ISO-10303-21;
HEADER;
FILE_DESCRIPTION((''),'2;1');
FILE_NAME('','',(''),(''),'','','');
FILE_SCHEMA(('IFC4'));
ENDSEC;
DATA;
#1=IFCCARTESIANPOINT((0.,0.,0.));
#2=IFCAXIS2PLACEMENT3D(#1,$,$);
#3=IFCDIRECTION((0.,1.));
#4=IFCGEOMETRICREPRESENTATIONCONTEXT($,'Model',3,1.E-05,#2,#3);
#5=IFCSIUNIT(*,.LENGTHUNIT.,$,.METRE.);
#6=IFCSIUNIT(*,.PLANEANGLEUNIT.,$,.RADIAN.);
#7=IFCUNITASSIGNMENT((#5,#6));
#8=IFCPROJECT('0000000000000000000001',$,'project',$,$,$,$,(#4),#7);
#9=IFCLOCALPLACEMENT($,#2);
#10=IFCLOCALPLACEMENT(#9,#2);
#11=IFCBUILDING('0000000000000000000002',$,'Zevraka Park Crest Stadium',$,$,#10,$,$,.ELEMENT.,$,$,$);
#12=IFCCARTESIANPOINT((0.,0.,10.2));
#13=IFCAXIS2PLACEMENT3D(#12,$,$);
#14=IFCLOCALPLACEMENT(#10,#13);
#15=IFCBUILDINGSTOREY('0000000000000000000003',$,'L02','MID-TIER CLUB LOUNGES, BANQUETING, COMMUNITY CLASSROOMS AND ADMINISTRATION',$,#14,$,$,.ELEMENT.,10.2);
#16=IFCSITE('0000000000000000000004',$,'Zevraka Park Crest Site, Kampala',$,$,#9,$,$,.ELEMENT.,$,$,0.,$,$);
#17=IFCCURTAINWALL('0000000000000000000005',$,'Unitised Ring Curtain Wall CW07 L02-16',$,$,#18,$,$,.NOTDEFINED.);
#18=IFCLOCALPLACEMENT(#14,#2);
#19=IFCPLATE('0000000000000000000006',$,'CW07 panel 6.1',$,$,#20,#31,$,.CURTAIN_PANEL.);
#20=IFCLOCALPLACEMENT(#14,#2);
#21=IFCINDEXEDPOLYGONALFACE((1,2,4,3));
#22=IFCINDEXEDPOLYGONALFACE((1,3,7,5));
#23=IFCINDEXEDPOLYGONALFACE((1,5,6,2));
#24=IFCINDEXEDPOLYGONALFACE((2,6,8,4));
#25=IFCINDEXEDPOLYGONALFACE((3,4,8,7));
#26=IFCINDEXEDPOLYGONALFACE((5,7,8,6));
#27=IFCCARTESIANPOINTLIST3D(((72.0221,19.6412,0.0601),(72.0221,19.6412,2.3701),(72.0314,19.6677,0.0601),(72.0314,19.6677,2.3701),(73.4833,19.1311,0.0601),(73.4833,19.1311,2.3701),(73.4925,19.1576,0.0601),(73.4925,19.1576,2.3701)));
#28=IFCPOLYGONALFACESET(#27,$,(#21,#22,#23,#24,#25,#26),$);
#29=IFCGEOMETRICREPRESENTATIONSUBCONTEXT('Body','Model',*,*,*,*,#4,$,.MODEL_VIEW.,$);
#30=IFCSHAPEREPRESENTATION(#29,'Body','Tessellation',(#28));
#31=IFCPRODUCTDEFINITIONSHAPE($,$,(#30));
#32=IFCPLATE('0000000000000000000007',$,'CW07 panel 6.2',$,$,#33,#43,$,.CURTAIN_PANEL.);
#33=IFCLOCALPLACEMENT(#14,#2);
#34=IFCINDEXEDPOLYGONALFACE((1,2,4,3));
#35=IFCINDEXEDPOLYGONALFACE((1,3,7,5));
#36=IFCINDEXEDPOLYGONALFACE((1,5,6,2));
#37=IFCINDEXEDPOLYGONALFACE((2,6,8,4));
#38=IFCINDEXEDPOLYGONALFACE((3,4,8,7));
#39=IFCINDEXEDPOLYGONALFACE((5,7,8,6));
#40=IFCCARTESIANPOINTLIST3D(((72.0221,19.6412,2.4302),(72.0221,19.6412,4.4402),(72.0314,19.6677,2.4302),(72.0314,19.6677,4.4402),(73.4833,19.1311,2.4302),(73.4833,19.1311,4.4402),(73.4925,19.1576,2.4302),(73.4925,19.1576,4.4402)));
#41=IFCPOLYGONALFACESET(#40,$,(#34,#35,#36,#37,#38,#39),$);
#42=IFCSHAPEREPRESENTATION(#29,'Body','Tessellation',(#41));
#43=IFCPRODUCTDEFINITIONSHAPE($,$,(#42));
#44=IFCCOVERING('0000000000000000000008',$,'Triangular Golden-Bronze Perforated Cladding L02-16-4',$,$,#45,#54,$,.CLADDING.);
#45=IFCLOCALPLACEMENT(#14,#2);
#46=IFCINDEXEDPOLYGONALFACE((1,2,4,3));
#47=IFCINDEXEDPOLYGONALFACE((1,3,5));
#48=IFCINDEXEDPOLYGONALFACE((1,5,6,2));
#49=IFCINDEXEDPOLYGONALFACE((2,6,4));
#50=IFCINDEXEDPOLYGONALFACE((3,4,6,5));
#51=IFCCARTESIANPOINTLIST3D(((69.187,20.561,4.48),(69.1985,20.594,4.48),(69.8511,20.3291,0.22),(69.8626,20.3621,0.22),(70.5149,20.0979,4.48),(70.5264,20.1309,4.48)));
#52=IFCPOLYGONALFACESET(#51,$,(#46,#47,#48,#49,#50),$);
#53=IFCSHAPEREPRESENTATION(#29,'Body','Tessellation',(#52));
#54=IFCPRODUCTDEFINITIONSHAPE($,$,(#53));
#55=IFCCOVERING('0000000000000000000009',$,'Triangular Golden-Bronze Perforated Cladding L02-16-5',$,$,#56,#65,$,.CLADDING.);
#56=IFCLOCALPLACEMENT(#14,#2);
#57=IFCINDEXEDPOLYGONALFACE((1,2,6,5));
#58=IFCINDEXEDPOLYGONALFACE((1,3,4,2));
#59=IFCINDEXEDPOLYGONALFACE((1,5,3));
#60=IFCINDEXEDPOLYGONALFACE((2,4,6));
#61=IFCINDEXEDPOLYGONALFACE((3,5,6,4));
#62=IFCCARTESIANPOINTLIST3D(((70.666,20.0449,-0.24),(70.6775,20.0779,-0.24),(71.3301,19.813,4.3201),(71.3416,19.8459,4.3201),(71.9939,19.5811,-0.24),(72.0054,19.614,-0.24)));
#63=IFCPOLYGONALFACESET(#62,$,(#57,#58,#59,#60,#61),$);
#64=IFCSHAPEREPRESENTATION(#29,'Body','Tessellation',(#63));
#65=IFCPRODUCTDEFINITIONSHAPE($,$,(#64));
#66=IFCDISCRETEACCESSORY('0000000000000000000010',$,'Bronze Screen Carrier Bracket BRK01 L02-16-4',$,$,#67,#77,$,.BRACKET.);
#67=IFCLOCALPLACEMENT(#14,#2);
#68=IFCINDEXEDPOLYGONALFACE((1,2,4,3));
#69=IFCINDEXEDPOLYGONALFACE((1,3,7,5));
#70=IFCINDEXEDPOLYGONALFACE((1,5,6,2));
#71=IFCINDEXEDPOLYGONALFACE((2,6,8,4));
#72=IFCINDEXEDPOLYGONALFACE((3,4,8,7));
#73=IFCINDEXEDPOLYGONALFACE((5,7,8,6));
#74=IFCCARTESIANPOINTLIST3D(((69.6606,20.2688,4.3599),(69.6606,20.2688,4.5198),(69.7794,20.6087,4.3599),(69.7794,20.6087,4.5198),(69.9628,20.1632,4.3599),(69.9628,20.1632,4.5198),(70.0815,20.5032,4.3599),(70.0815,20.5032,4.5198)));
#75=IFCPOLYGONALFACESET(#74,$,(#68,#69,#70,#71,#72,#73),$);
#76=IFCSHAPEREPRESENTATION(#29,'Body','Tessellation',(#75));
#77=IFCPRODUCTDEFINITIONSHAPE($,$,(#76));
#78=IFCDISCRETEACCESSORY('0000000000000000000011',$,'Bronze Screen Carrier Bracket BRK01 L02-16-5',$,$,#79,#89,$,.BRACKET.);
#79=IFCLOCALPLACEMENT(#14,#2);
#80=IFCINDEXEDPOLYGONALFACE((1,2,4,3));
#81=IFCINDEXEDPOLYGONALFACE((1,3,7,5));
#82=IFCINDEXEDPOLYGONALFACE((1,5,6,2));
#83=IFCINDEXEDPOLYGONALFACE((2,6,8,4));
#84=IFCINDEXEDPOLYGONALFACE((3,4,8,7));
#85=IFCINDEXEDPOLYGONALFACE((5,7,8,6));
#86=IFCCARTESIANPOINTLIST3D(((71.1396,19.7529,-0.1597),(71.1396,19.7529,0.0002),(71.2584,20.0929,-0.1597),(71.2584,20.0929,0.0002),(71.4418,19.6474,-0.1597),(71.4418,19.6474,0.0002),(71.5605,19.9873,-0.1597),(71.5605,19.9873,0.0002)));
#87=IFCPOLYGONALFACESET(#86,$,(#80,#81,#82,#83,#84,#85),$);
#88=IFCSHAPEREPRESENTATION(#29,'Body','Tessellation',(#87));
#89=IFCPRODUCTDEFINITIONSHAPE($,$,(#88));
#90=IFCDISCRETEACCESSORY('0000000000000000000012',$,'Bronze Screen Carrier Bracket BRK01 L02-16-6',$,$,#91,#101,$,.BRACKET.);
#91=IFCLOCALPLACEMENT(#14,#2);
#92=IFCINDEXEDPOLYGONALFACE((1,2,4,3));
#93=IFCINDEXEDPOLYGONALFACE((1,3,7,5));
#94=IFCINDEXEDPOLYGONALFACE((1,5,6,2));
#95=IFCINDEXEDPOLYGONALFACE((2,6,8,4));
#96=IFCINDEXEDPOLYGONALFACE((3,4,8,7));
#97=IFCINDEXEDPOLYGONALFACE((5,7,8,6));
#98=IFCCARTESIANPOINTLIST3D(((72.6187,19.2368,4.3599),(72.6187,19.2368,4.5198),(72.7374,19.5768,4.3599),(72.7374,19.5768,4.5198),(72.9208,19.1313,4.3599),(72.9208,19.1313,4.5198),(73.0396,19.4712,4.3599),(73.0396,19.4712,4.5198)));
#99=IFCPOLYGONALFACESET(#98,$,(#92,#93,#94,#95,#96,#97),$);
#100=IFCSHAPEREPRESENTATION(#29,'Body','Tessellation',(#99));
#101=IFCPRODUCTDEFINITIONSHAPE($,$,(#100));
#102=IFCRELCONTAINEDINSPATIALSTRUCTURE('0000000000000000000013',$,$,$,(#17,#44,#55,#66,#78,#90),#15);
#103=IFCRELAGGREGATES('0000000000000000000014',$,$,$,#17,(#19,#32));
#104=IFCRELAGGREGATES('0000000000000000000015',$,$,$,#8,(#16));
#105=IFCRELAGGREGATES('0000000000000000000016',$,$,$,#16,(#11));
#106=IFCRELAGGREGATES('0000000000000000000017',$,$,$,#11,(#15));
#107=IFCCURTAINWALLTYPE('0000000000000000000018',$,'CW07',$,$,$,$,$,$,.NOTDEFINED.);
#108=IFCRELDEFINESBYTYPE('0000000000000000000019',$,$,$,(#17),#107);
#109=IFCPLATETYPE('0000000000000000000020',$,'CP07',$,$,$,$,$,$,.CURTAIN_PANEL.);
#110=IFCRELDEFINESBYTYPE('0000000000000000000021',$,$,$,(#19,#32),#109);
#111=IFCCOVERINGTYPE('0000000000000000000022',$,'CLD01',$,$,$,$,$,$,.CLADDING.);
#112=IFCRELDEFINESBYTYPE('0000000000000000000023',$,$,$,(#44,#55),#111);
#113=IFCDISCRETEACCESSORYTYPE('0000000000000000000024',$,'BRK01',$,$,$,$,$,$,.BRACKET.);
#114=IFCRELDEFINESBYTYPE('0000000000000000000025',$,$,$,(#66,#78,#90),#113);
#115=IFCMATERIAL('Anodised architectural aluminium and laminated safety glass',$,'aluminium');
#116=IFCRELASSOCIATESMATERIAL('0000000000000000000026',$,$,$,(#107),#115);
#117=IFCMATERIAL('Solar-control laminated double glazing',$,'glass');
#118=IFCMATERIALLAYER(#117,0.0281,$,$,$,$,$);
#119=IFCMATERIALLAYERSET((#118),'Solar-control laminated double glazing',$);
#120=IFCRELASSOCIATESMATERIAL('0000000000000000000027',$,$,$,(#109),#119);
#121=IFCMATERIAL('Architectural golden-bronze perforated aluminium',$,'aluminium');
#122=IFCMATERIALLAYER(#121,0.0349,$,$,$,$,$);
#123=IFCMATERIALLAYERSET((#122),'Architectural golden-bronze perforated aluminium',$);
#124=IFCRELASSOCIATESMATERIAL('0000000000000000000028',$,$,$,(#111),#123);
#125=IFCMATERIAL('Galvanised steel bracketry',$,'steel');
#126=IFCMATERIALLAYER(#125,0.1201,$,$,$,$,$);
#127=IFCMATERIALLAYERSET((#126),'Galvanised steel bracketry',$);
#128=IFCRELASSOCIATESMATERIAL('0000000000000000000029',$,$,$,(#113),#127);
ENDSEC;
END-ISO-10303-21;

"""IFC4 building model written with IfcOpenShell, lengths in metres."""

from ifc_helpers import new_model, si_unit, direction, frame, origin, origin_2d, place, context, subcontext, project, spatial, polyline, rectangle, outline, extrude, material, layer, layer_set, type_object, element, aggregate, save


model = new_model("IFC4")

# Units and contexts
model_context = context("Model", 3, precision=1e-05, world=origin(), true_north=direction((0.0, 1.0)))
body_context = subcontext(model_context, "Body", "Model", "MODEL_VIEW")
ifc_project = project(units=[si_unit("LENGTHUNIT", "METRE"), si_unit("PLANEANGLEUNIT", "RADIAN")], contexts=[model_context])

# Site, building, storey
site_placement = place(None, origin())
site = spatial("IfcSite", under=ifc_project, at=site_placement, Name="Zevraka Park Crest Site, Kampala", CompositionType="ELEMENT", RefElevation=0.0)
building_placement = place(site_placement, origin())
building = spatial("IfcBuilding", under=site, at=building_placement, Name="Zevraka Park Crest Stadium", CompositionType="ELEMENT")
storey_placement = place(building_placement, frame((0.0, 0.0, 10.2)))
storey = spatial("IfcBuildingStorey", under=building, at=storey_placement, Name="L02", Description="MID-TIER CLUB LOUNGES, BANQUETING, COMMUNITY CLASSROOMS AND ADMINISTRATION", CompositionType="ELEMENT", Elevation=10.2)

# Curtain wall, plates
ifc_material_1 = material(Name="Anodised architectural aluminium and laminated safety glass", Category="aluminium")
curtain_wall_type = type_object("IfcCurtainWallType", Name="CW07", PredefinedType="NOTDEFINED", material=ifc_material_1)
curtain_wall_placement = place(storey_placement, origin())
curtain_wall = element("IfcCurtainWall", 1, at=curtain_wall_placement, inside=storey, type_object=curtain_wall_type, Name="Unitised Ring Curtain Wall CW07 L02-16", PredefinedType="NOTDEFINED")
ifc_material_2 = material(Name="Solar-control laminated double glazing", Category="glass")
ifc_layer_1 = layer(ifc_material_2, 0.0281)
ifc_layer_set_1 = layer_set([ifc_layer_1], Name="Solar-control laminated double glazing")
plate_type = type_object("IfcPlateType", Name="CP07", PredefinedType="CURTAIN_PANEL", material=ifc_layer_set_1)
plate_1_placement = place(storey_placement, frame((72.7573, 19.3994, 0.0601), z_axis=(0.0, 0.0, 1.0), x_axis=(0.944114, -0.329619, 0.0)))
plate_1 = element("IfcPlate", 2, at=plate_1_placement, type_object=plate_type, Name="CW07 panel 6.1", PredefinedType="CURTAIN_PANEL", context=body_context, shape_type="SweptSolid", body=[
    extrude(rectangle(XDim=1.5476, YDim=0.0281, at=origin_2d()), origin(), (0.0, 0.0, 1.0), 2.3101),
])
plate_2_placement = place(storey_placement, frame((72.7573, 19.3994, 2.4302), z_axis=(0.0, 0.0, 1.0), x_axis=(0.944114, -0.329619, 0.0)))
plate_2 = element("IfcPlate", 3, at=plate_2_placement, type_object=plate_type, Name="CW07 panel 6.2", PredefinedType="CURTAIN_PANEL", context=body_context, shape_type="SweptSolid", body=[
    extrude(rectangle(XDim=1.5476, YDim=0.0281, at=origin_2d()), origin(), (0.0, 0.0, 1.0), 2.01),
])
aggregate(curtain_wall, [plate_1, plate_2])

# Coverings
ifc_material_3 = material(Name="Architectural golden-bronze perforated aluminium", Category="aluminium")
ifc_layer_2 = layer(ifc_material_3, 0.0349)
ifc_layer_set_2 = layer_set([ifc_layer_2], Name="Architectural golden-bronze perforated aluminium")
covering_type = type_object("IfcCoveringType", Name="CLD01", PredefinedType="CLADDING", material=ifc_layer_set_2)
covering_1_placement = place(storey_placement, frame((70.5149, 20.0979, 4.48), z_axis=(-0.329322, -0.944218, 0.000072), x_axis=(-0.944218, 0.329322, 0.0)))
element("IfcCovering", 4, at=covering_1_placement, inside=storey, type_object=covering_type, Name="Triangular Golden-Bronze Perforated Cladding L02-16-4", PredefinedType="CLADDING", context=body_context, shape_type="SweptSolid", body=[
    extrude(outline(polyline([(0.0, 0.0), (1.4063, 0.0), (0.7029, 4.26), (0.0, 0.0)])), origin(), (0.0, 0.0, -1.0), 0.0349),
])
covering_2_placement = place(storey_placement, frame((70.666, 20.0449, -0.24), z_axis=(-0.329786, -0.944056, 0.000009), x_axis=(0.944056, -0.329786, 0.0)))
element("IfcCovering", 5, at=covering_2_placement, inside=storey, type_object=covering_type, Name="Triangular Golden-Bronze Perforated Cladding L02-16-5", PredefinedType="CLADDING", context=body_context, shape_type="SweptSolid", body=[
    extrude(outline(polyline([(0.0, 0.0), (1.4066, 0.0), (0.7034, 4.5601), (0.0, 0.0)])), origin(), (0.0, 0.0, -1.0), 0.0349),
])

# Discrete accessories
ifc_material_4 = material(Name="Galvanised steel bracketry", Category="steel")
ifc_layer_3 = layer(ifc_material_4, 0.1201)
ifc_layer_set_3 = layer_set([ifc_layer_3], Name="Galvanised steel bracketry")
discrete_accessory_type = type_object("IfcDiscreteAccessoryType", Name="BRK01", PredefinedType="BRACKET", material=ifc_layer_set_3)
for number, where, z_axis, x_axis, name in (
    (6, (69.8711, 20.386, 4.3599), (0.0, 0.0, 1.0), (0.944089, -0.329691, 0.0), "Bronze Screen Carrier Bracket BRK01 L02-16-4"),
    (7, (71.3501, 19.8701, -0.1597), (0.0, 0.0, 1.0), (0.944089, -0.329691, 0.0), "Bronze Screen Carrier Bracket BRK01 L02-16-5"),
    (8, (72.8291, 19.354, 4.3599), (0.0, 0.0, 1.0), (0.944089, -0.329691, 0.0), "Bronze Screen Carrier Bracket BRK01 L02-16-6"),
):
    element("IfcDiscreteAccessory", number, at=place(storey_placement, frame(where, z_axis=z_axis, x_axis=x_axis)), inside=storey, type_object=discrete_accessory_type, Name=name, PredefinedType="BRACKET", context=body_context, shape_type="SweptSolid", body=[
        extrude(rectangle(XDim=0.3201, YDim=0.3601, at=origin_2d()), origin(), (0.0, 0.0, 1.0), 0.1599),
    ])

save(model, "model.ifc")
